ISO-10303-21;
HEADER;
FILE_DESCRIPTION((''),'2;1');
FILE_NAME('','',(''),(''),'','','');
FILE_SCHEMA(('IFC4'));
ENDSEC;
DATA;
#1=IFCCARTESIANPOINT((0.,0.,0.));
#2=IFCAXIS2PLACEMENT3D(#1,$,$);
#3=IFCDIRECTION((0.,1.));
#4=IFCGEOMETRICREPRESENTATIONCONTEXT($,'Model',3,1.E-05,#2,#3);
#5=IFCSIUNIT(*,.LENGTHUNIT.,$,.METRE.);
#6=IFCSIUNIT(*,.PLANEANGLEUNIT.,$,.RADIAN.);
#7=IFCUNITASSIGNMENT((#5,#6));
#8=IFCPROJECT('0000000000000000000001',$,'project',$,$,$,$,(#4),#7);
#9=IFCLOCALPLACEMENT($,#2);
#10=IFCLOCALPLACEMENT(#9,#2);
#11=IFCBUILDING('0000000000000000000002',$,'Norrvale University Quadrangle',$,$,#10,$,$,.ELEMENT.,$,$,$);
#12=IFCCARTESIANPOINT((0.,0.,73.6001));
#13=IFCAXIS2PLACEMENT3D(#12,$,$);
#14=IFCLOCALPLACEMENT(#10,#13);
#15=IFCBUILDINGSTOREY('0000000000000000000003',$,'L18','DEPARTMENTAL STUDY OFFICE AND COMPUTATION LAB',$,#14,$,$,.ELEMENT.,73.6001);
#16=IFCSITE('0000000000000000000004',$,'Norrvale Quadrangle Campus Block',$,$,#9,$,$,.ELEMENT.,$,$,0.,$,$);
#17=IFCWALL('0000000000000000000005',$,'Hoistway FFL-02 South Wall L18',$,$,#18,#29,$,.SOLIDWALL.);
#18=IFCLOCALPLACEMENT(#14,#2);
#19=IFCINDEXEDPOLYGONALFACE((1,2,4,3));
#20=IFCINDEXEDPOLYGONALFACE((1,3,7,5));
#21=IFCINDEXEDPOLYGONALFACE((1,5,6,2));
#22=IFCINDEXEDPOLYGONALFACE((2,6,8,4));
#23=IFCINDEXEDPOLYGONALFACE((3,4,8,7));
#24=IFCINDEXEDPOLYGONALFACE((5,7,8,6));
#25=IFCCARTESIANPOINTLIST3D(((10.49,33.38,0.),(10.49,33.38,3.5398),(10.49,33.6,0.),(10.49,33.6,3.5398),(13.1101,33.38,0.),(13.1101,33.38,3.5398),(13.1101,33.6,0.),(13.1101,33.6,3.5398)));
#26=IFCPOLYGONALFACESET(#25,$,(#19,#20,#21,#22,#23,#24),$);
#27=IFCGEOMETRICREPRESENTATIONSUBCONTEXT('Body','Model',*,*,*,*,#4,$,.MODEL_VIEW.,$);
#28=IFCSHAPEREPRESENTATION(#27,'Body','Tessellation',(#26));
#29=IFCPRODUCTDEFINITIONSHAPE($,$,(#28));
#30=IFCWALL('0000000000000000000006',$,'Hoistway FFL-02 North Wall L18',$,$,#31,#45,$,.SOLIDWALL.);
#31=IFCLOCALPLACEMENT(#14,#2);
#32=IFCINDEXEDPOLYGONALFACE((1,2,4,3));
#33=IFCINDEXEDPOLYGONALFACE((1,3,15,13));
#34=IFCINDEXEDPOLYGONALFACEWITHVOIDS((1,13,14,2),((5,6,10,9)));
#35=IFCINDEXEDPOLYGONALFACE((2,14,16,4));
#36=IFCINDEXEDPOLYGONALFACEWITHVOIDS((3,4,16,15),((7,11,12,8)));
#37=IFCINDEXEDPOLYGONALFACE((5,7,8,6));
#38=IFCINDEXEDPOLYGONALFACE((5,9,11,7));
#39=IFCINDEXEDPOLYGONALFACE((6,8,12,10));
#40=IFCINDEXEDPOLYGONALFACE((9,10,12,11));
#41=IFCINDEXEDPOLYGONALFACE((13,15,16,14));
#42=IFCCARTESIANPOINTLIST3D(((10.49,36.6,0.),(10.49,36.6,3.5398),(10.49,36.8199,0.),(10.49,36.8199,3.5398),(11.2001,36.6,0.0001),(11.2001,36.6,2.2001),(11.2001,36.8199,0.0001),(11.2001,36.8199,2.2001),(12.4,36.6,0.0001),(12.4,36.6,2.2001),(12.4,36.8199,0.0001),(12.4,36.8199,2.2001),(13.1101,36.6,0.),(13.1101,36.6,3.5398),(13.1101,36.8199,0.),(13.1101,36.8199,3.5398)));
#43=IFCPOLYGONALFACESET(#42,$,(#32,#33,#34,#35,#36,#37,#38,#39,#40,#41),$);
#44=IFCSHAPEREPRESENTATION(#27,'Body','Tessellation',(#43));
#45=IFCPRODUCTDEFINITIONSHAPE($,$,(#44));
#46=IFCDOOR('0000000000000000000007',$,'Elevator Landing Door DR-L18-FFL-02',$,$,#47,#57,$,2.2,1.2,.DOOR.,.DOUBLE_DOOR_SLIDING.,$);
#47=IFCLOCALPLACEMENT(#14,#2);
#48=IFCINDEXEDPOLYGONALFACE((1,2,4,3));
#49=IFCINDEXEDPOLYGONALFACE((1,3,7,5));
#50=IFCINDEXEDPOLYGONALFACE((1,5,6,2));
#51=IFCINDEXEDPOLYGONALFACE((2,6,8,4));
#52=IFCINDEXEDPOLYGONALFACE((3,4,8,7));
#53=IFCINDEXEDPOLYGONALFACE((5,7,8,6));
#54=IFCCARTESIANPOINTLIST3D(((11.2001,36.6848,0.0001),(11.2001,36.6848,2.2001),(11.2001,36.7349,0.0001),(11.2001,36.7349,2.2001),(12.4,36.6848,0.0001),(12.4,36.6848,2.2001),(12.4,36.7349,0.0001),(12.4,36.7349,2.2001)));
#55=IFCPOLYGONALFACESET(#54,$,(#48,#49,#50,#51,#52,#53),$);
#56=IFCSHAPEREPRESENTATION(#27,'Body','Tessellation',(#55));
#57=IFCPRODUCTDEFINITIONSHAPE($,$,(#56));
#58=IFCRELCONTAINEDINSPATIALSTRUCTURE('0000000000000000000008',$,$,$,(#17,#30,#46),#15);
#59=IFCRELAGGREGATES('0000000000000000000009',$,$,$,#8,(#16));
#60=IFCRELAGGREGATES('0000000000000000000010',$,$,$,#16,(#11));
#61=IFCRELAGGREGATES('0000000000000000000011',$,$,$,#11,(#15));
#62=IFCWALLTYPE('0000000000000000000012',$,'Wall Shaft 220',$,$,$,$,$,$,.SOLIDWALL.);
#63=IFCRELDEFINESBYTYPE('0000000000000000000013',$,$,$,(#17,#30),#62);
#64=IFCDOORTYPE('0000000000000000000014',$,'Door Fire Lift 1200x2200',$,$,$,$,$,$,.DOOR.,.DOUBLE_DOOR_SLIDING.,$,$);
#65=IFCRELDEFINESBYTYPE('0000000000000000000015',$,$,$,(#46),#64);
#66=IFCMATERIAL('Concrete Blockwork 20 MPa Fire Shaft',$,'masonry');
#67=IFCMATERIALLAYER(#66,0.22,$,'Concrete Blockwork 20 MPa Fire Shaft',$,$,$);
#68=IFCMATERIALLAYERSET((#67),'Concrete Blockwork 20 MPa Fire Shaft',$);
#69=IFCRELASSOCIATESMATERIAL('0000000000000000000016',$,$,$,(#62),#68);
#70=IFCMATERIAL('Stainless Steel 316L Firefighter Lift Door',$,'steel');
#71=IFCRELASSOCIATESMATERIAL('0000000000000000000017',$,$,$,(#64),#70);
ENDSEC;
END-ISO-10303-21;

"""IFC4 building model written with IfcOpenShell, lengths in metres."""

from ifc_helpers import new_model, si_unit, direction, frame, frame_2d, origin, place, context, subcontext, project, spatial, rectangle, extrude, material, layer, layer_set, type_object, element, fill, save


model = new_model("IFC4")

# Units and contexts
model_context = context("Model", 3, precision=1e-05, world=origin(), true_north=direction((0.0, 1.0)))
body_context = subcontext(model_context, "Body", "Model", "MODEL_VIEW")
ifc_project = project(units=[si_unit("LENGTHUNIT", "METRE"), si_unit("PLANEANGLEUNIT", "RADIAN")], contexts=[model_context])

# Site, building, storey
site_placement = place(None, origin())
site = spatial("IfcSite", under=ifc_project, at=site_placement, Name="Norrvale Quadrangle Campus Block", CompositionType="ELEMENT", RefElevation=0.0)
building_placement = place(site_placement, origin())
building = spatial("IfcBuilding", under=site, at=building_placement, Name="Norrvale University Quadrangle", CompositionType="ELEMENT")
storey_placement = place(building_placement, frame((0.0, 0.0, 73.6001)))
storey = spatial("IfcBuildingStorey", under=building, at=storey_placement, Name="L18", Description="DEPARTMENTAL STUDY OFFICE AND COMPUTATION LAB", CompositionType="ELEMENT", Elevation=73.6001)

# Shared definitions
ifc_material_1 = material(Name="Concrete Blockwork 20 MPa Fire Shaft", Category="masonry")
ifc_layer_1 = layer(ifc_material_1, 0.22, Name="Concrete Blockwork 20 MPa Fire Shaft")
ifc_layer_set_1 = layer_set([ifc_layer_1], Name="Concrete Blockwork 20 MPa Fire Shaft")
wall_type_1 = type_object("IfcWallType", Name="Wall Shaft 220", PredefinedType="SOLIDWALL", material=ifc_layer_set_1)

# Shared definitions
ifc_material_2 = material(Name="Stainless Steel 316L Firefighter Lift Door", Category="steel")
door_type_1 = type_object("IfcDoorType", Name="Door Fire Lift 1200x2200", OperationType="DOUBLE_DOOR_SLIDING", PredefinedType="DOOR", material=ifc_material_2)

# Wall
wall_1_placement = place(storey_placement, frame((10.49, 33.49, 0.0), z_axis=(0.0, 0.0, 1.0), x_axis=(1.0, 0.0, 0.0)))
element("IfcWall", 1, at=wall_1_placement, inside=storey, type_object=wall_type_1, Name="Hoistway FFL-02 South Wall L18", PredefinedType="SOLIDWALL", context=body_context, shape_type="SweptSolid", body=[
    extrude(rectangle(XDim=2.6201, YDim=0.22, at=frame_2d((1.3101, 0.0))), origin(), (0.0, 0.0, 1.0), 3.5398),
])

# Wall, opening, door
wall_2_placement = place(storey_placement, frame((10.49, 36.71, 0.0), z_axis=(0.0, 0.0, 1.0), x_axis=(1.0, 0.0, 0.0)))
wall_2 = element("IfcWall", 2, at=wall_2_placement, inside=storey, type_object=wall_type_1, Name="Hoistway FFL-02 North Wall L18", PredefinedType="SOLIDWALL", context=body_context, shape_type="SweptSolid", body=[
    extrude(rectangle(XDim=2.6201, YDim=0.22, at=frame_2d((1.3101, 0.0))), origin(), (0.0, 0.0, 1.0), 3.5398),
])
opening_1_placement = place(wall_2_placement, frame((0.71, 0.0, 0.0)))
opening_1 = element("IfcOpeningElement", 3, at=opening_1_placement, cuts=wall_2, PredefinedType="OPENING", context=body_context, shape_type="SweptSolid", body=[
    extrude(rectangle(XDim=1.2, YDim=2.2, at=frame_2d((0.6001, 1.1001))), frame((0.0, 0.1221, 0.0), z_axis=(0.0, -1.0, 0.0), x_axis=(1.0, 0.0, 0.0)), (0.0, 0.0, 1.0), 0.2439),
])
door_1_placement = place(opening_1_placement, origin())
door_1 = element("IfcDoor", 4, at=door_1_placement, inside=storey, type_object=door_type_1, Name="Elevator Landing Door DR-L18-FFL-02", OperationType="DOUBLE_DOOR_SLIDING", OverallHeight=2.2, OverallWidth=1.2, PredefinedType="DOOR", context=body_context, shape_type="SweptSolid", body=[
    extrude(rectangle(XDim=1.2, YDim=2.2, at=frame_2d((0.6001, 1.1001))), frame((0.0, 0.0249, 0.0), z_axis=(0.0, -1.0, 0.0), x_axis=(1.0, 0.0, 0.0)), (0.0, 0.0, 1.0), 0.05),
])
fill(opening_1, door_1)

save(model, "model.ifc")
